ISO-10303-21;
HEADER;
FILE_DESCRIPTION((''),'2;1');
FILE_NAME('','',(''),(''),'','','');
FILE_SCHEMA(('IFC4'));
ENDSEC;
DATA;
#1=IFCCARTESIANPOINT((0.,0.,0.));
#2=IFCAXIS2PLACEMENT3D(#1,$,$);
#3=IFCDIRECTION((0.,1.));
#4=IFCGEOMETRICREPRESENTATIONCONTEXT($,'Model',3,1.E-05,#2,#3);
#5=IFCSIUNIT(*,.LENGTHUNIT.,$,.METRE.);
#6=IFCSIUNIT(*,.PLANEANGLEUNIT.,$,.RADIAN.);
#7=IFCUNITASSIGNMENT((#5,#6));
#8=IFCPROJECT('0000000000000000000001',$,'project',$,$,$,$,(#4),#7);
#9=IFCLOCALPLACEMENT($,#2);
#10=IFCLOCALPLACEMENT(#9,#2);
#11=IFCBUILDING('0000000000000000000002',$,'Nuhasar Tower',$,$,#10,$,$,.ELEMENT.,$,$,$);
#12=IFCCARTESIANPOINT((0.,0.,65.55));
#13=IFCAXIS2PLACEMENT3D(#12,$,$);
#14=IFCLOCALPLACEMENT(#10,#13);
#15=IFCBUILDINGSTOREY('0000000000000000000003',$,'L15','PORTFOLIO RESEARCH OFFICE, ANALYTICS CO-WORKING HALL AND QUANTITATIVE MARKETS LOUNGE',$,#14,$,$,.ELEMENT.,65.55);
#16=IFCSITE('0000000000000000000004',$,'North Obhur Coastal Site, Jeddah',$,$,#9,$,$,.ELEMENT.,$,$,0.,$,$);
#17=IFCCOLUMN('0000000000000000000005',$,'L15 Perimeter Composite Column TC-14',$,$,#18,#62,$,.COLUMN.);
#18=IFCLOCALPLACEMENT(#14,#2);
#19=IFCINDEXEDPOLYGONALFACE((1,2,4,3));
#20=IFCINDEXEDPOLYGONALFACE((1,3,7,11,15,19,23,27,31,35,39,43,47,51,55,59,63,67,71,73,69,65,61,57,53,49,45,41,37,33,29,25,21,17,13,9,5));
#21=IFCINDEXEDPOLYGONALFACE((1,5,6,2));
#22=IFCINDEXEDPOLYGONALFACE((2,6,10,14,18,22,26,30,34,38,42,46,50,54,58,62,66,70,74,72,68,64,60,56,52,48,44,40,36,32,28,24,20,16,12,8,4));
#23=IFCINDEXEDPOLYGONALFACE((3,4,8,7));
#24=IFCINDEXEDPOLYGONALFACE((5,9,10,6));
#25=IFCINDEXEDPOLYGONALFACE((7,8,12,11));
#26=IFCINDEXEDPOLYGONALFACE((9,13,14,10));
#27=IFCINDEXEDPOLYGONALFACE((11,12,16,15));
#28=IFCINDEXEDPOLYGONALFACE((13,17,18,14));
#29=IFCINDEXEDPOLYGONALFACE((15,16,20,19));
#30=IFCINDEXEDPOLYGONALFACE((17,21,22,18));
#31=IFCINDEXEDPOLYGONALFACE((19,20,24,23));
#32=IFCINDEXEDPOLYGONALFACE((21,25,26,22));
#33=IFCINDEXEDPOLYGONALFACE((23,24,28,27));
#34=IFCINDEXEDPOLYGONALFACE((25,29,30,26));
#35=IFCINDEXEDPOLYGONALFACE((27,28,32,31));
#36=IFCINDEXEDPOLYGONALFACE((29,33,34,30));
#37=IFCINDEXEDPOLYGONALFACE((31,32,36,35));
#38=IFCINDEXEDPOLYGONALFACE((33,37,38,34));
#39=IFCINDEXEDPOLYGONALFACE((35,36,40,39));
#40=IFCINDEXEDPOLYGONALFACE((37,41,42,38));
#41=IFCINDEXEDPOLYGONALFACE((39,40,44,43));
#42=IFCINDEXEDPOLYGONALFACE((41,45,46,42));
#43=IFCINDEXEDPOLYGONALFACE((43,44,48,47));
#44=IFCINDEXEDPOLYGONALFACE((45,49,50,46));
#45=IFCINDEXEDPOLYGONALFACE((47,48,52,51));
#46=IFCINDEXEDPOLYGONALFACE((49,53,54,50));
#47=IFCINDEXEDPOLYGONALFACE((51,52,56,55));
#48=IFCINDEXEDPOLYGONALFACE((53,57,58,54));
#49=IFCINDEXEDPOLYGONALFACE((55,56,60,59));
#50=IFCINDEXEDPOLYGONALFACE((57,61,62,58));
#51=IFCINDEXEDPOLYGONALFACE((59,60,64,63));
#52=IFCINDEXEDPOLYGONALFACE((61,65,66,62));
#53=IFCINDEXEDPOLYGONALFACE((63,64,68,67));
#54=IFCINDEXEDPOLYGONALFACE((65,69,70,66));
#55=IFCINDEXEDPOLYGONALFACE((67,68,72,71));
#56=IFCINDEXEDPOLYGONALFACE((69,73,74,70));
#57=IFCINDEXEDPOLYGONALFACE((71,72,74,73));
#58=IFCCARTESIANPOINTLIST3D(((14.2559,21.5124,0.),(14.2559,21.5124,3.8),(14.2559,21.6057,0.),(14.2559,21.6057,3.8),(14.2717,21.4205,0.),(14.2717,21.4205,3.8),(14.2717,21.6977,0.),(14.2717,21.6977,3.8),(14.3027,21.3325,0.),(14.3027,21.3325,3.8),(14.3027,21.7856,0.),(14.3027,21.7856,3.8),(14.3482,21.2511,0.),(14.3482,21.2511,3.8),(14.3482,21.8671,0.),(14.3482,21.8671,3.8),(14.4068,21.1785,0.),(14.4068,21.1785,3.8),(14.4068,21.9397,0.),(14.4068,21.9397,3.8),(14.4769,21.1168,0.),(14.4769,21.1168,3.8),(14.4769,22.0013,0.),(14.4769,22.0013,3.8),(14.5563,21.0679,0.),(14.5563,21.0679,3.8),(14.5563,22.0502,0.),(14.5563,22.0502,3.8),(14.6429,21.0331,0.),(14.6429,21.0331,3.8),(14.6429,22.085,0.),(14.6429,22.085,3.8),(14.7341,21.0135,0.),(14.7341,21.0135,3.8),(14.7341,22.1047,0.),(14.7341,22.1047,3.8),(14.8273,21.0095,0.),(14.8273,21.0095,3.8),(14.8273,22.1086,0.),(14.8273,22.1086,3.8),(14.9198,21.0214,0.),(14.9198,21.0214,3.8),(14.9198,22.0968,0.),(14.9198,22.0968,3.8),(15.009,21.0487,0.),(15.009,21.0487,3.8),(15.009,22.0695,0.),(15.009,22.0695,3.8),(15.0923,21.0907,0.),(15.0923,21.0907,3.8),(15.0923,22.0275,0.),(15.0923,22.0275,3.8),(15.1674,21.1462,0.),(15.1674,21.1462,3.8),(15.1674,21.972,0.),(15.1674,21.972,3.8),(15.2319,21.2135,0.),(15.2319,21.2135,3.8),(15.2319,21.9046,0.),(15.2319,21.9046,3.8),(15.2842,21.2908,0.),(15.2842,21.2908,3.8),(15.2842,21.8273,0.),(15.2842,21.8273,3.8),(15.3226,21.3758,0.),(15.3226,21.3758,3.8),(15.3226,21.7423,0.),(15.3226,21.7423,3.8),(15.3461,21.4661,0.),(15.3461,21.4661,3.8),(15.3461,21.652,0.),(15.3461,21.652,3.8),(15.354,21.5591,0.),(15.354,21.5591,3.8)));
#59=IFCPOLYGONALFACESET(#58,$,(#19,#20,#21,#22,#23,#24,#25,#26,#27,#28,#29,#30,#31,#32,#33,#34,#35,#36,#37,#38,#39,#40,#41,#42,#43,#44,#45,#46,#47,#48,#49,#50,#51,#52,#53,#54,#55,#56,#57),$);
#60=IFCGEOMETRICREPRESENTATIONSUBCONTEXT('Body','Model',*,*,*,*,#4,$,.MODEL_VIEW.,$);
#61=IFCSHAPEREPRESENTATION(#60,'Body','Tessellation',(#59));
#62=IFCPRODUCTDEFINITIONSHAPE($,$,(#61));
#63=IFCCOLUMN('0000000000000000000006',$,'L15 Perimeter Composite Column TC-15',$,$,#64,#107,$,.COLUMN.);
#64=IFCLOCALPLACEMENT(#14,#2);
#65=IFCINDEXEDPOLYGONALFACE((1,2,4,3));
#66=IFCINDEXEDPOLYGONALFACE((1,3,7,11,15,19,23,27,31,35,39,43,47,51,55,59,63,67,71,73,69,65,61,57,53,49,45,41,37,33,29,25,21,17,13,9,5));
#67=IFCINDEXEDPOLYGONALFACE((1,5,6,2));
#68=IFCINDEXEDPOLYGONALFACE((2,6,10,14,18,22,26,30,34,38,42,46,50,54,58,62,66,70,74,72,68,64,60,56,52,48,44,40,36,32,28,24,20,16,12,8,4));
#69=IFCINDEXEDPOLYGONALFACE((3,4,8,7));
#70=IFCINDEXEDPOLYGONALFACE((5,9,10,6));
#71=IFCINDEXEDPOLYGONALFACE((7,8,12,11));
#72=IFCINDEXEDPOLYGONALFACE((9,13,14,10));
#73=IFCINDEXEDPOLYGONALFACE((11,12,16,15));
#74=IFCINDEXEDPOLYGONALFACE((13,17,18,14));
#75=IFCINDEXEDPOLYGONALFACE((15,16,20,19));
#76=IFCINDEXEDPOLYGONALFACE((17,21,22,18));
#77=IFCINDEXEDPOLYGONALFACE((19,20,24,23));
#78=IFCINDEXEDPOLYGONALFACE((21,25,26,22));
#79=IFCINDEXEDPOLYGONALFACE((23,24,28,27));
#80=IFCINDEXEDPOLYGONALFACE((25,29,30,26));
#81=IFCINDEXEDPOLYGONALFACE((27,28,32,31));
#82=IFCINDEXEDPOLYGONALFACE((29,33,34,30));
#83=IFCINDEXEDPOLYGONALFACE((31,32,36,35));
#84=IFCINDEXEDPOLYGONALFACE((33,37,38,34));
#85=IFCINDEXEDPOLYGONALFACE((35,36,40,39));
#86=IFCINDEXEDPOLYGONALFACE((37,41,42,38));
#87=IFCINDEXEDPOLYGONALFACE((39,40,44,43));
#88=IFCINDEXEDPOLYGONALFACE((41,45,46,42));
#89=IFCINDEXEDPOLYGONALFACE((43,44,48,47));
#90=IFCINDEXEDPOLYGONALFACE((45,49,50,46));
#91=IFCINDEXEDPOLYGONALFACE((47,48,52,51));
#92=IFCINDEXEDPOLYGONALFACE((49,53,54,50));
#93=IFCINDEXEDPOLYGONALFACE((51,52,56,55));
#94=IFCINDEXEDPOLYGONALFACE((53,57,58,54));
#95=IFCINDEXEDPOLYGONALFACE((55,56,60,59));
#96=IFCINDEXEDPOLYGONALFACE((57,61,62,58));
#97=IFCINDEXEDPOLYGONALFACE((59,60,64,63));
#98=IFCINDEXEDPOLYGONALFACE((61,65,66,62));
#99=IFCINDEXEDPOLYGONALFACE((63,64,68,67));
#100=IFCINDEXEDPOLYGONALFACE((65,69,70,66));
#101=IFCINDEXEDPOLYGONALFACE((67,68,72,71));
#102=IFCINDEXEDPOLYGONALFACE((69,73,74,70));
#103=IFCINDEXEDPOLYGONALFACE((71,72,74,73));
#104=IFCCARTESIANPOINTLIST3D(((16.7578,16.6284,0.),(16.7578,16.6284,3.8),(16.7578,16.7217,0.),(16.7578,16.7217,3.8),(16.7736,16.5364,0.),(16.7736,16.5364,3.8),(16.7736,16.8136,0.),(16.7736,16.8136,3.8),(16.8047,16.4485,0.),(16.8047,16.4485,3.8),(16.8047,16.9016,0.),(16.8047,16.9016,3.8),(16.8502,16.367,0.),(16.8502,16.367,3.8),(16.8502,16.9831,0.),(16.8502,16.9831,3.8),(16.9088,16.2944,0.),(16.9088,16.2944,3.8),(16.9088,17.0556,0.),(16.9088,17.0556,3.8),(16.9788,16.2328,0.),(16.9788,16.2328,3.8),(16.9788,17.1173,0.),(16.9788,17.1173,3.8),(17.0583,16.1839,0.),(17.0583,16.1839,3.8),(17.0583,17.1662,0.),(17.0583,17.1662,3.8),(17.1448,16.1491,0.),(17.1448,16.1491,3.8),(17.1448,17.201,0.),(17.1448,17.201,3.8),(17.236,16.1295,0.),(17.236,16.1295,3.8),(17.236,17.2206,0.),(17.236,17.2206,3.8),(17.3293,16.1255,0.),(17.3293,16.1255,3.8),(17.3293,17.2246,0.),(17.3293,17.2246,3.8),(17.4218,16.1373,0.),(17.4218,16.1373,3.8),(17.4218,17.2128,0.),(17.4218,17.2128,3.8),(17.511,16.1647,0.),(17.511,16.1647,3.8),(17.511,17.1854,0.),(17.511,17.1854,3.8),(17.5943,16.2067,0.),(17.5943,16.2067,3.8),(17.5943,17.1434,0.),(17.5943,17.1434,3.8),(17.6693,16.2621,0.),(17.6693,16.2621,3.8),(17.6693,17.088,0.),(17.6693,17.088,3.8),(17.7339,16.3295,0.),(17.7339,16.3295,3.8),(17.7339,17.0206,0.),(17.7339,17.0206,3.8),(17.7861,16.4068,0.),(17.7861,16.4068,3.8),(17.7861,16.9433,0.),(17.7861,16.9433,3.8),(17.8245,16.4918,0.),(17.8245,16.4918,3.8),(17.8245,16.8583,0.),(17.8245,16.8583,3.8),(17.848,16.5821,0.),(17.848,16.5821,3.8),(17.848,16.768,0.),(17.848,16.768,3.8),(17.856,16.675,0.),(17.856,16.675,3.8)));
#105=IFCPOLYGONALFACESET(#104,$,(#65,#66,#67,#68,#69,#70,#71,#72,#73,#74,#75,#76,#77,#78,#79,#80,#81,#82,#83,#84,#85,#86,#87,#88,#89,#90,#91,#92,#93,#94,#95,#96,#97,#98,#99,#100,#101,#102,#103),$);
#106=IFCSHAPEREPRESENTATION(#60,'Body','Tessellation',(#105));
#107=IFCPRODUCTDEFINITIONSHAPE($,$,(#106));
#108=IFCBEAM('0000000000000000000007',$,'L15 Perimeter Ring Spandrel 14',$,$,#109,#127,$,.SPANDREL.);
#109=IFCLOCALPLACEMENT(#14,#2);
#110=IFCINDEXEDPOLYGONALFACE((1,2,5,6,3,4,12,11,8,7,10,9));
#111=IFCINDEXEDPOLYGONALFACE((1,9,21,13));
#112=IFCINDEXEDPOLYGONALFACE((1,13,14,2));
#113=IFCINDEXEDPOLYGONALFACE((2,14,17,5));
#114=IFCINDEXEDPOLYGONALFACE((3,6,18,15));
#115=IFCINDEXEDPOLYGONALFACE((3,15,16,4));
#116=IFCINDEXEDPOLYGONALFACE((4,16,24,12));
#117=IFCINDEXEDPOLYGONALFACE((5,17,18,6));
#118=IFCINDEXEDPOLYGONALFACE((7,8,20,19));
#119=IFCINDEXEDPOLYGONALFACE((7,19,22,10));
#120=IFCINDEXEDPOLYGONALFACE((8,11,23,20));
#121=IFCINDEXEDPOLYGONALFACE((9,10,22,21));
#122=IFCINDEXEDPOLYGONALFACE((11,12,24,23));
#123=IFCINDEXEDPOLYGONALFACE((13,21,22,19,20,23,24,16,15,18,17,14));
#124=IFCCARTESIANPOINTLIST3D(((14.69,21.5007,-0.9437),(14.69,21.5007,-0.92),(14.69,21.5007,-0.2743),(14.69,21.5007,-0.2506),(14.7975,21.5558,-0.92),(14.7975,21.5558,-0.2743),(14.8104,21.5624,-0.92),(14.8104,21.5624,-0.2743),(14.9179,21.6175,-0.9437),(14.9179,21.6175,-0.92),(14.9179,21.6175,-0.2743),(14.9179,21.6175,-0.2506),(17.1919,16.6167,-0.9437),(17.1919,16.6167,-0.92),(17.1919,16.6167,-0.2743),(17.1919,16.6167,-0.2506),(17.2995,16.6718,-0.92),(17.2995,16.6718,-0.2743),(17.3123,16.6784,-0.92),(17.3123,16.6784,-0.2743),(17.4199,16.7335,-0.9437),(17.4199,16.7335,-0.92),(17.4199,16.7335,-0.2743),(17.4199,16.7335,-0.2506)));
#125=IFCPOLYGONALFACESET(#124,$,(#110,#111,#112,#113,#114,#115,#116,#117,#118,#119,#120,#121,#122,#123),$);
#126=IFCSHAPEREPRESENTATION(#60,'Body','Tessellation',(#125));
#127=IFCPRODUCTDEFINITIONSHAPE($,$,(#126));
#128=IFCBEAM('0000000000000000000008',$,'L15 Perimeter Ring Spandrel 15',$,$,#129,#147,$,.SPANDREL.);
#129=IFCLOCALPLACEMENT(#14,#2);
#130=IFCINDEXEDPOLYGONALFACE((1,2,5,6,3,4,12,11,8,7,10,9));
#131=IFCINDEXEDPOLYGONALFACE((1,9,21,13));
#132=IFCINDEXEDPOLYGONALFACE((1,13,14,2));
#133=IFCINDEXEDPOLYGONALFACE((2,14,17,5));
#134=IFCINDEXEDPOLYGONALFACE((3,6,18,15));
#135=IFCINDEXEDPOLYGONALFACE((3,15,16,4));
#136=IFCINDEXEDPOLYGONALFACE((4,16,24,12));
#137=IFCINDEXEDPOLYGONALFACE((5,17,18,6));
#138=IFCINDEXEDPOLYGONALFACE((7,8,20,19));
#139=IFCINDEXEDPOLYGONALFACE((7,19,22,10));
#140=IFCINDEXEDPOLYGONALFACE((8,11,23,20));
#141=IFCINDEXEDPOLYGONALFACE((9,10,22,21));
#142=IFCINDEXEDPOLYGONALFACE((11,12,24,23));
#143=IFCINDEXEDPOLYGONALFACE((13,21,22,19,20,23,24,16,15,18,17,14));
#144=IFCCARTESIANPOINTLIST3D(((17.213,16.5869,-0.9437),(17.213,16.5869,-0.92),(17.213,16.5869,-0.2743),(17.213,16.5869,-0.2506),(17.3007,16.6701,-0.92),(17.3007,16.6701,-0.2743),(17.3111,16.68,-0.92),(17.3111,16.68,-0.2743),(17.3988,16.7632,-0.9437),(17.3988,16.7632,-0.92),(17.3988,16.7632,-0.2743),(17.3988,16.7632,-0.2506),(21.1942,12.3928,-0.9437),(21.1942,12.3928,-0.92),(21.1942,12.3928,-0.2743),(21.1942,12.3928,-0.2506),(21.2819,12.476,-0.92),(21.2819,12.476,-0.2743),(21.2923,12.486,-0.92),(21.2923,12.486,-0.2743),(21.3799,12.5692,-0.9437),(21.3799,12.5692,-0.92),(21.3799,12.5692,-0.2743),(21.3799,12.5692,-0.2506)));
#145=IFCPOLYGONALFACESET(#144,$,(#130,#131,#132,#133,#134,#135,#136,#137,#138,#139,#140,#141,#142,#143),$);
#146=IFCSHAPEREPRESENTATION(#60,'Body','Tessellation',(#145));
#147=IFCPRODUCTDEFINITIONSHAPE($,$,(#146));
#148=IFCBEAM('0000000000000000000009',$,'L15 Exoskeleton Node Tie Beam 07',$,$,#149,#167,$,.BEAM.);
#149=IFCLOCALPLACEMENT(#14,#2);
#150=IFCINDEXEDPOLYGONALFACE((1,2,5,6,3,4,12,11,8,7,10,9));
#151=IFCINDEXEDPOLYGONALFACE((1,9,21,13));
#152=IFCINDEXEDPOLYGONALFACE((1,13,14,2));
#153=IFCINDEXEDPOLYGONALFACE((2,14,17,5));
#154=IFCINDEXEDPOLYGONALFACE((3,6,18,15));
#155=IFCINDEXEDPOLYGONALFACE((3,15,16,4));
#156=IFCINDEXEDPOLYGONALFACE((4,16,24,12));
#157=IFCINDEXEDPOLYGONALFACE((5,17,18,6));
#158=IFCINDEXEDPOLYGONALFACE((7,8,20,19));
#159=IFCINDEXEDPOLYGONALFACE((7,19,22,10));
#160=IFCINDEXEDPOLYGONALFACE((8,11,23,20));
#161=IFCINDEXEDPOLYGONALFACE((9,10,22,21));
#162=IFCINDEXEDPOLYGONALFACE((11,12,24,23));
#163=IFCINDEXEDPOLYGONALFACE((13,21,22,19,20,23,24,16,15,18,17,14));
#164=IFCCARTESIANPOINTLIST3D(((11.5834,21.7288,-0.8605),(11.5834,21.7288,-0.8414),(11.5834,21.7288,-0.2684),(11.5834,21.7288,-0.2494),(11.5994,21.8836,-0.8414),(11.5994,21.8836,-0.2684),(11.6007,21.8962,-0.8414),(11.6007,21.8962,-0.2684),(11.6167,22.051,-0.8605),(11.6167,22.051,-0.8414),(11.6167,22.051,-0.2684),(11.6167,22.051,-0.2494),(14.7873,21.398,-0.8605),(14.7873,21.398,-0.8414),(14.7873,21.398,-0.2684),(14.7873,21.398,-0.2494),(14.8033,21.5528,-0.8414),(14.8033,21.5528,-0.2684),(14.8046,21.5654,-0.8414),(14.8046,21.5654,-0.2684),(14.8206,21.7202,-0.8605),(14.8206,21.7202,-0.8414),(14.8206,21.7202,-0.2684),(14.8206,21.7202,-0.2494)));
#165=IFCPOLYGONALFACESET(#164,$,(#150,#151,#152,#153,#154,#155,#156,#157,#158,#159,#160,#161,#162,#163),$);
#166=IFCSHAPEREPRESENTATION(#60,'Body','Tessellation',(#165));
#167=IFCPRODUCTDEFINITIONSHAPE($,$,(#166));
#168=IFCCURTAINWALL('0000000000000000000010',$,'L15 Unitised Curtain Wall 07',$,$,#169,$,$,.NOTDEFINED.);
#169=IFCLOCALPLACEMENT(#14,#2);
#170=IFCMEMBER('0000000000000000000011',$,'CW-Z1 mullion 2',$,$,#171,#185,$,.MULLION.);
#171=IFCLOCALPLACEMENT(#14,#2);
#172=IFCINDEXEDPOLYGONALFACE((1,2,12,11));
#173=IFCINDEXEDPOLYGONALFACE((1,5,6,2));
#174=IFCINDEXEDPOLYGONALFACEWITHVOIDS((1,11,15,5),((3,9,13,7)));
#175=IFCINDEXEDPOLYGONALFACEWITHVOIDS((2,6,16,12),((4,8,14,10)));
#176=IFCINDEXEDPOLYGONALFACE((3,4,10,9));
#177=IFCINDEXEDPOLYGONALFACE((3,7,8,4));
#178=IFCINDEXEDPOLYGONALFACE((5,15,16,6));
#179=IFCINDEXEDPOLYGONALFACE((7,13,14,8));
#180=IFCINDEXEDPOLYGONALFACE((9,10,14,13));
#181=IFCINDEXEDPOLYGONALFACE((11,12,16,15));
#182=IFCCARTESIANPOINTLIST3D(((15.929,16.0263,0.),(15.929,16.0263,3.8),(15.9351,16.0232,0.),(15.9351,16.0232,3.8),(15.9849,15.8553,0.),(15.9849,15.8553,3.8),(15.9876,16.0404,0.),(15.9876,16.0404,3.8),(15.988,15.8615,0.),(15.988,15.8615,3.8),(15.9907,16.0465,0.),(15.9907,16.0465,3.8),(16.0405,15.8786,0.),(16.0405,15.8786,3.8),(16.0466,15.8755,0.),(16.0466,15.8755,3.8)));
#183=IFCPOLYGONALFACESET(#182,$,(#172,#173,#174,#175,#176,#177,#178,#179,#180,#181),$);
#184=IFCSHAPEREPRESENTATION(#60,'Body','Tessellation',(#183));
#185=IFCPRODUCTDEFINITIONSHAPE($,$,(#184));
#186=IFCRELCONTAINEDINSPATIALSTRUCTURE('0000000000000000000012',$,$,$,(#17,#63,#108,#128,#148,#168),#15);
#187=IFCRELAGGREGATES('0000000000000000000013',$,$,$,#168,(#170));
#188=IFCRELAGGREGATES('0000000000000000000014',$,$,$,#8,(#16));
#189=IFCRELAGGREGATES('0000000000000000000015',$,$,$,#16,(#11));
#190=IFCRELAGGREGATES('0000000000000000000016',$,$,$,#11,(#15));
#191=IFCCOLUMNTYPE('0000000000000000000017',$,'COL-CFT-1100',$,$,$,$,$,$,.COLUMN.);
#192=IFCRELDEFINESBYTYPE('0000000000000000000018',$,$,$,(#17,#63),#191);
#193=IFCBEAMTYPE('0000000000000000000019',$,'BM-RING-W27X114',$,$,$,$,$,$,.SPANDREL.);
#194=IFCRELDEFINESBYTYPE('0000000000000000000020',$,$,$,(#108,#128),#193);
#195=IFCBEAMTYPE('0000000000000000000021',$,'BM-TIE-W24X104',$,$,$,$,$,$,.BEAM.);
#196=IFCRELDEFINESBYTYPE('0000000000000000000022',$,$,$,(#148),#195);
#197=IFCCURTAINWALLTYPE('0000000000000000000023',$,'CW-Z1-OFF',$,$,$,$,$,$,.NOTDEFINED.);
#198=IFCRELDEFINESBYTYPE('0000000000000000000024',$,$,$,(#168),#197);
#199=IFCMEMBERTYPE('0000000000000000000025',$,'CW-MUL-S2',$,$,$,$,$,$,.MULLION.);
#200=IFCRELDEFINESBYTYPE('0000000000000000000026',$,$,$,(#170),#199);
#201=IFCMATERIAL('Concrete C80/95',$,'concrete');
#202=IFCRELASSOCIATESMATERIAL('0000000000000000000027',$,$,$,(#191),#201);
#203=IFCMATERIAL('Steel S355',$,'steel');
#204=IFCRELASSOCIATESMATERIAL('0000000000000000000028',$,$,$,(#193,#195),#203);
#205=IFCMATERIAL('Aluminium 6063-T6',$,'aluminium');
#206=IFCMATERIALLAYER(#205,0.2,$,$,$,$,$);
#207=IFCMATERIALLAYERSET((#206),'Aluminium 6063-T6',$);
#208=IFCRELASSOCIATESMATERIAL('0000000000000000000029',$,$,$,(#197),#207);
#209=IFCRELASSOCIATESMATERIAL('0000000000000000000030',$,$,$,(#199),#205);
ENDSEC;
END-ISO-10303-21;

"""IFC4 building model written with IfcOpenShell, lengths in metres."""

from ifc_helpers import new_model, si_unit, direction, frame, origin, origin_2d, place, context, subcontext, project, spatial, hollow_rectangle, circle, i_section, extrude, material, layer, layer_set, material_profile, profile_set, type_object, element, aggregate, save


model = new_model("IFC4")

# Units and contexts
model_context = context("Model", 3, precision=1e-05, world=origin(), true_north=direction((0.0, 1.0)))
body_context = subcontext(model_context, "Body", "Model", "MODEL_VIEW")
ifc_project = project(units=[si_unit("LENGTHUNIT", "METRE"), si_unit("PLANEANGLEUNIT", "RADIAN")], contexts=[model_context])

# Site, building, storey
site_placement = place(None, origin())
site = spatial("IfcSite", under=ifc_project, at=site_placement, Name="North Obhur Coastal Site, Jeddah", CompositionType="ELEMENT", RefElevation=0.0)
building_placement = place(site_placement, origin())
building = spatial("IfcBuilding", under=site, at=building_placement, Name="Nuhasar Tower", CompositionType="ELEMENT")
storey_placement = place(building_placement, frame((0.0, 0.0, 65.55)))
storey = spatial("IfcBuildingStorey", under=building, at=storey_placement, Name="L15", Description="PORTFOLIO RESEARCH OFFICE, ANALYTICS CO-WORKING HALL AND QUANTITATIVE MARKETS LOUNGE", CompositionType="ELEMENT", Elevation=65.55)

# Columns
ifc_material_1 = material(Name="Concrete C80/95", Category="concrete")
ifc_material_profile_1 = material_profile(ifc_material_1, circle(Radius=0.55, at=origin_2d()), Name="CFT1100")
ifc_profile_set_1 = profile_set([ifc_material_profile_1], Name="Concrete C80/95")
column_type = type_object("IfcColumnType", Name="COL-CFT-1100", PredefinedType="COLUMN", material=ifc_profile_set_1)
for number, where, z_axis, x_axis, name in (
    (1, (14.804, 21.5591, 0.0), (0.0, 0.0, 1.0), (1.0, 0.0, 0.0), "L15 Perimeter Composite Column TC-14"),
    (2, (17.3059, 16.675, 0.0), (0.0, 0.0, 1.0), (1.0, 0.0, 0.0), "L15 Perimeter Composite Column TC-15"),
):
    element("IfcColumn", number, at=place(storey_placement, frame(where, z_axis=z_axis, x_axis=x_axis)), inside=storey, type_object=column_type, Name=name, PredefinedType="COLUMN", context=body_context, shape_type="SweptSolid", body=[
        extrude(circle(Radius=0.55, at=origin_2d()), origin(), (0.0, 0.0, 1.0), 3.8),
    ])

# Beams
ifc_material_2 = material(Name="Steel S355", Category="steel")
ifc_material_profile_2 = material_profile(ifc_material_2, i_section(OverallWidth=0.2561, OverallDepth=0.6931, WebThickness=0.0144, FlangeThickness=0.0237, at=origin_2d()), Name="W27X114")
ifc_profile_set_2 = profile_set([ifc_material_profile_2], Name="Steel S355")
beam_type_1 = type_object("IfcBeamType", Name="BM-RING-W27X114", PredefinedType="SPANDREL", material=ifc_profile_set_2)
beam_1_placement = place(storey_placement, frame((14.804, 21.5591, -0.5972), z_axis=(0.45593, -0.890016, 0.0), x_axis=(0.890016, 0.45593, 0.0)))
element("IfcBeam", 3, at=beam_1_placement, inside=storey, type_object=beam_type_1, Name="L15 Perimeter Ring Spandrel 14", PredefinedType="SPANDREL", context=body_context, shape_type="SweptSolid", body=[
    extrude(i_section(OverallWidth=0.2561, OverallDepth=0.6931, WebThickness=0.0144, FlangeThickness=0.0237, at=origin_2d()), origin(), (0.0, 0.0, 1.0), 5.4875),
])
beam_2_placement = place(storey_placement, frame((17.3059, 16.675, -0.5972), z_axis=(0.68846, -0.725274, 0.0), x_axis=(0.725274, 0.68846, 0.0)))
element("IfcBeam", 4, at=beam_2_placement, inside=storey, type_object=beam_type_1, Name="L15 Perimeter Ring Spandrel 15", PredefinedType="SPANDREL", context=body_context, shape_type="SweptSolid", body=[
    extrude(i_section(OverallWidth=0.2561, OverallDepth=0.6931, WebThickness=0.0144, FlangeThickness=0.0237, at=origin_2d()), origin(), (0.0, 0.0, 1.0), 5.7827),
])
ifc_material_profile_3 = material_profile(ifc_material_2, i_section(OverallWidth=0.324, OverallDepth=0.6111, WebThickness=0.0127, FlangeThickness=0.019, at=origin_2d()), Name="W24X104")
ifc_profile_set_3 = profile_set([ifc_material_profile_3], Name="Steel S355")
beam_type_2 = type_object("IfcBeamType", Name="BM-TIE-W24X104", PredefinedType="BEAM", material=ifc_profile_set_3)
beam_3_placement = place(storey_placement, frame((14.804, 21.5591, -0.5549), z_axis=(-0.994712, 0.102708, 0.0), x_axis=(-0.102708, -0.994712, 0.0)))
element("IfcBeam", 5, at=beam_3_placement, inside=storey, type_object=beam_type_2, Name="L15 Exoskeleton Node Tie Beam 07", PredefinedType="BEAM", context=body_context, shape_type="SweptSolid", body=[
    extrude(i_section(OverallWidth=0.324, OverallDepth=0.6111, WebThickness=0.0127, FlangeThickness=0.019, at=origin_2d()), origin(), (0.0, 0.0, 1.0), 3.2209),
])

# Curtain wall, member
ifc_material_3 = material(Name="Aluminium 6063-T6", Category="aluminium")
ifc_layer_1 = layer(ifc_material_3, 0.2)
ifc_layer_set_1 = layer_set([ifc_layer_1], Name="Aluminium 6063-T6")
curtain_wall_type = type_object("IfcCurtainWallType", Name="CW-Z1-OFF", PredefinedType="NOTDEFINED", material=ifc_layer_set_1)
curtain_wall_1_placement = place(storey_placement, origin())
curtain_wall_1 = element("IfcCurtainWall", 6, at=curtain_wall_1_placement, inside=storey, type_object=curtain_wall_type, Name="L15 Unitised Curtain Wall 07", PredefinedType="NOTDEFINED")
ifc_material_profile_4 = material_profile(ifc_material_3, hollow_rectangle(XDim=0.0649, YDim=0.1799, WallThickness=0.0049, at=origin_2d()), Name="CWM-2")
ifc_profile_set_4 = profile_set([ifc_material_profile_4], Name="Aluminium 6063-T6")
member_type_1 = type_object("IfcMemberType", Name="CW-MUL-S2", PredefinedType="MULLION", material=ifc_profile_set_4)
member_1_placement = place(storey_placement, frame((15.9878, 15.9509, 0.0), z_axis=(0.0, 0.0, 1.0), x_axis=(0.950468, 0.310824, 0.0)))
member_1 = element("IfcMember", 7, at=member_1_placement, type_object=member_type_1, Name="CW-Z1 mullion 2", PredefinedType="MULLION", context=body_context, shape_type="SweptSolid", body=[
    extrude(hollow_rectangle(XDim=0.0649, YDim=0.1799, WallThickness=0.0049, at=origin_2d()), origin(), (0.0, 0.0, 1.0), 3.8),
])

aggregate(curtain_wall_1, [member_1])

save(model, "model.ifc")
